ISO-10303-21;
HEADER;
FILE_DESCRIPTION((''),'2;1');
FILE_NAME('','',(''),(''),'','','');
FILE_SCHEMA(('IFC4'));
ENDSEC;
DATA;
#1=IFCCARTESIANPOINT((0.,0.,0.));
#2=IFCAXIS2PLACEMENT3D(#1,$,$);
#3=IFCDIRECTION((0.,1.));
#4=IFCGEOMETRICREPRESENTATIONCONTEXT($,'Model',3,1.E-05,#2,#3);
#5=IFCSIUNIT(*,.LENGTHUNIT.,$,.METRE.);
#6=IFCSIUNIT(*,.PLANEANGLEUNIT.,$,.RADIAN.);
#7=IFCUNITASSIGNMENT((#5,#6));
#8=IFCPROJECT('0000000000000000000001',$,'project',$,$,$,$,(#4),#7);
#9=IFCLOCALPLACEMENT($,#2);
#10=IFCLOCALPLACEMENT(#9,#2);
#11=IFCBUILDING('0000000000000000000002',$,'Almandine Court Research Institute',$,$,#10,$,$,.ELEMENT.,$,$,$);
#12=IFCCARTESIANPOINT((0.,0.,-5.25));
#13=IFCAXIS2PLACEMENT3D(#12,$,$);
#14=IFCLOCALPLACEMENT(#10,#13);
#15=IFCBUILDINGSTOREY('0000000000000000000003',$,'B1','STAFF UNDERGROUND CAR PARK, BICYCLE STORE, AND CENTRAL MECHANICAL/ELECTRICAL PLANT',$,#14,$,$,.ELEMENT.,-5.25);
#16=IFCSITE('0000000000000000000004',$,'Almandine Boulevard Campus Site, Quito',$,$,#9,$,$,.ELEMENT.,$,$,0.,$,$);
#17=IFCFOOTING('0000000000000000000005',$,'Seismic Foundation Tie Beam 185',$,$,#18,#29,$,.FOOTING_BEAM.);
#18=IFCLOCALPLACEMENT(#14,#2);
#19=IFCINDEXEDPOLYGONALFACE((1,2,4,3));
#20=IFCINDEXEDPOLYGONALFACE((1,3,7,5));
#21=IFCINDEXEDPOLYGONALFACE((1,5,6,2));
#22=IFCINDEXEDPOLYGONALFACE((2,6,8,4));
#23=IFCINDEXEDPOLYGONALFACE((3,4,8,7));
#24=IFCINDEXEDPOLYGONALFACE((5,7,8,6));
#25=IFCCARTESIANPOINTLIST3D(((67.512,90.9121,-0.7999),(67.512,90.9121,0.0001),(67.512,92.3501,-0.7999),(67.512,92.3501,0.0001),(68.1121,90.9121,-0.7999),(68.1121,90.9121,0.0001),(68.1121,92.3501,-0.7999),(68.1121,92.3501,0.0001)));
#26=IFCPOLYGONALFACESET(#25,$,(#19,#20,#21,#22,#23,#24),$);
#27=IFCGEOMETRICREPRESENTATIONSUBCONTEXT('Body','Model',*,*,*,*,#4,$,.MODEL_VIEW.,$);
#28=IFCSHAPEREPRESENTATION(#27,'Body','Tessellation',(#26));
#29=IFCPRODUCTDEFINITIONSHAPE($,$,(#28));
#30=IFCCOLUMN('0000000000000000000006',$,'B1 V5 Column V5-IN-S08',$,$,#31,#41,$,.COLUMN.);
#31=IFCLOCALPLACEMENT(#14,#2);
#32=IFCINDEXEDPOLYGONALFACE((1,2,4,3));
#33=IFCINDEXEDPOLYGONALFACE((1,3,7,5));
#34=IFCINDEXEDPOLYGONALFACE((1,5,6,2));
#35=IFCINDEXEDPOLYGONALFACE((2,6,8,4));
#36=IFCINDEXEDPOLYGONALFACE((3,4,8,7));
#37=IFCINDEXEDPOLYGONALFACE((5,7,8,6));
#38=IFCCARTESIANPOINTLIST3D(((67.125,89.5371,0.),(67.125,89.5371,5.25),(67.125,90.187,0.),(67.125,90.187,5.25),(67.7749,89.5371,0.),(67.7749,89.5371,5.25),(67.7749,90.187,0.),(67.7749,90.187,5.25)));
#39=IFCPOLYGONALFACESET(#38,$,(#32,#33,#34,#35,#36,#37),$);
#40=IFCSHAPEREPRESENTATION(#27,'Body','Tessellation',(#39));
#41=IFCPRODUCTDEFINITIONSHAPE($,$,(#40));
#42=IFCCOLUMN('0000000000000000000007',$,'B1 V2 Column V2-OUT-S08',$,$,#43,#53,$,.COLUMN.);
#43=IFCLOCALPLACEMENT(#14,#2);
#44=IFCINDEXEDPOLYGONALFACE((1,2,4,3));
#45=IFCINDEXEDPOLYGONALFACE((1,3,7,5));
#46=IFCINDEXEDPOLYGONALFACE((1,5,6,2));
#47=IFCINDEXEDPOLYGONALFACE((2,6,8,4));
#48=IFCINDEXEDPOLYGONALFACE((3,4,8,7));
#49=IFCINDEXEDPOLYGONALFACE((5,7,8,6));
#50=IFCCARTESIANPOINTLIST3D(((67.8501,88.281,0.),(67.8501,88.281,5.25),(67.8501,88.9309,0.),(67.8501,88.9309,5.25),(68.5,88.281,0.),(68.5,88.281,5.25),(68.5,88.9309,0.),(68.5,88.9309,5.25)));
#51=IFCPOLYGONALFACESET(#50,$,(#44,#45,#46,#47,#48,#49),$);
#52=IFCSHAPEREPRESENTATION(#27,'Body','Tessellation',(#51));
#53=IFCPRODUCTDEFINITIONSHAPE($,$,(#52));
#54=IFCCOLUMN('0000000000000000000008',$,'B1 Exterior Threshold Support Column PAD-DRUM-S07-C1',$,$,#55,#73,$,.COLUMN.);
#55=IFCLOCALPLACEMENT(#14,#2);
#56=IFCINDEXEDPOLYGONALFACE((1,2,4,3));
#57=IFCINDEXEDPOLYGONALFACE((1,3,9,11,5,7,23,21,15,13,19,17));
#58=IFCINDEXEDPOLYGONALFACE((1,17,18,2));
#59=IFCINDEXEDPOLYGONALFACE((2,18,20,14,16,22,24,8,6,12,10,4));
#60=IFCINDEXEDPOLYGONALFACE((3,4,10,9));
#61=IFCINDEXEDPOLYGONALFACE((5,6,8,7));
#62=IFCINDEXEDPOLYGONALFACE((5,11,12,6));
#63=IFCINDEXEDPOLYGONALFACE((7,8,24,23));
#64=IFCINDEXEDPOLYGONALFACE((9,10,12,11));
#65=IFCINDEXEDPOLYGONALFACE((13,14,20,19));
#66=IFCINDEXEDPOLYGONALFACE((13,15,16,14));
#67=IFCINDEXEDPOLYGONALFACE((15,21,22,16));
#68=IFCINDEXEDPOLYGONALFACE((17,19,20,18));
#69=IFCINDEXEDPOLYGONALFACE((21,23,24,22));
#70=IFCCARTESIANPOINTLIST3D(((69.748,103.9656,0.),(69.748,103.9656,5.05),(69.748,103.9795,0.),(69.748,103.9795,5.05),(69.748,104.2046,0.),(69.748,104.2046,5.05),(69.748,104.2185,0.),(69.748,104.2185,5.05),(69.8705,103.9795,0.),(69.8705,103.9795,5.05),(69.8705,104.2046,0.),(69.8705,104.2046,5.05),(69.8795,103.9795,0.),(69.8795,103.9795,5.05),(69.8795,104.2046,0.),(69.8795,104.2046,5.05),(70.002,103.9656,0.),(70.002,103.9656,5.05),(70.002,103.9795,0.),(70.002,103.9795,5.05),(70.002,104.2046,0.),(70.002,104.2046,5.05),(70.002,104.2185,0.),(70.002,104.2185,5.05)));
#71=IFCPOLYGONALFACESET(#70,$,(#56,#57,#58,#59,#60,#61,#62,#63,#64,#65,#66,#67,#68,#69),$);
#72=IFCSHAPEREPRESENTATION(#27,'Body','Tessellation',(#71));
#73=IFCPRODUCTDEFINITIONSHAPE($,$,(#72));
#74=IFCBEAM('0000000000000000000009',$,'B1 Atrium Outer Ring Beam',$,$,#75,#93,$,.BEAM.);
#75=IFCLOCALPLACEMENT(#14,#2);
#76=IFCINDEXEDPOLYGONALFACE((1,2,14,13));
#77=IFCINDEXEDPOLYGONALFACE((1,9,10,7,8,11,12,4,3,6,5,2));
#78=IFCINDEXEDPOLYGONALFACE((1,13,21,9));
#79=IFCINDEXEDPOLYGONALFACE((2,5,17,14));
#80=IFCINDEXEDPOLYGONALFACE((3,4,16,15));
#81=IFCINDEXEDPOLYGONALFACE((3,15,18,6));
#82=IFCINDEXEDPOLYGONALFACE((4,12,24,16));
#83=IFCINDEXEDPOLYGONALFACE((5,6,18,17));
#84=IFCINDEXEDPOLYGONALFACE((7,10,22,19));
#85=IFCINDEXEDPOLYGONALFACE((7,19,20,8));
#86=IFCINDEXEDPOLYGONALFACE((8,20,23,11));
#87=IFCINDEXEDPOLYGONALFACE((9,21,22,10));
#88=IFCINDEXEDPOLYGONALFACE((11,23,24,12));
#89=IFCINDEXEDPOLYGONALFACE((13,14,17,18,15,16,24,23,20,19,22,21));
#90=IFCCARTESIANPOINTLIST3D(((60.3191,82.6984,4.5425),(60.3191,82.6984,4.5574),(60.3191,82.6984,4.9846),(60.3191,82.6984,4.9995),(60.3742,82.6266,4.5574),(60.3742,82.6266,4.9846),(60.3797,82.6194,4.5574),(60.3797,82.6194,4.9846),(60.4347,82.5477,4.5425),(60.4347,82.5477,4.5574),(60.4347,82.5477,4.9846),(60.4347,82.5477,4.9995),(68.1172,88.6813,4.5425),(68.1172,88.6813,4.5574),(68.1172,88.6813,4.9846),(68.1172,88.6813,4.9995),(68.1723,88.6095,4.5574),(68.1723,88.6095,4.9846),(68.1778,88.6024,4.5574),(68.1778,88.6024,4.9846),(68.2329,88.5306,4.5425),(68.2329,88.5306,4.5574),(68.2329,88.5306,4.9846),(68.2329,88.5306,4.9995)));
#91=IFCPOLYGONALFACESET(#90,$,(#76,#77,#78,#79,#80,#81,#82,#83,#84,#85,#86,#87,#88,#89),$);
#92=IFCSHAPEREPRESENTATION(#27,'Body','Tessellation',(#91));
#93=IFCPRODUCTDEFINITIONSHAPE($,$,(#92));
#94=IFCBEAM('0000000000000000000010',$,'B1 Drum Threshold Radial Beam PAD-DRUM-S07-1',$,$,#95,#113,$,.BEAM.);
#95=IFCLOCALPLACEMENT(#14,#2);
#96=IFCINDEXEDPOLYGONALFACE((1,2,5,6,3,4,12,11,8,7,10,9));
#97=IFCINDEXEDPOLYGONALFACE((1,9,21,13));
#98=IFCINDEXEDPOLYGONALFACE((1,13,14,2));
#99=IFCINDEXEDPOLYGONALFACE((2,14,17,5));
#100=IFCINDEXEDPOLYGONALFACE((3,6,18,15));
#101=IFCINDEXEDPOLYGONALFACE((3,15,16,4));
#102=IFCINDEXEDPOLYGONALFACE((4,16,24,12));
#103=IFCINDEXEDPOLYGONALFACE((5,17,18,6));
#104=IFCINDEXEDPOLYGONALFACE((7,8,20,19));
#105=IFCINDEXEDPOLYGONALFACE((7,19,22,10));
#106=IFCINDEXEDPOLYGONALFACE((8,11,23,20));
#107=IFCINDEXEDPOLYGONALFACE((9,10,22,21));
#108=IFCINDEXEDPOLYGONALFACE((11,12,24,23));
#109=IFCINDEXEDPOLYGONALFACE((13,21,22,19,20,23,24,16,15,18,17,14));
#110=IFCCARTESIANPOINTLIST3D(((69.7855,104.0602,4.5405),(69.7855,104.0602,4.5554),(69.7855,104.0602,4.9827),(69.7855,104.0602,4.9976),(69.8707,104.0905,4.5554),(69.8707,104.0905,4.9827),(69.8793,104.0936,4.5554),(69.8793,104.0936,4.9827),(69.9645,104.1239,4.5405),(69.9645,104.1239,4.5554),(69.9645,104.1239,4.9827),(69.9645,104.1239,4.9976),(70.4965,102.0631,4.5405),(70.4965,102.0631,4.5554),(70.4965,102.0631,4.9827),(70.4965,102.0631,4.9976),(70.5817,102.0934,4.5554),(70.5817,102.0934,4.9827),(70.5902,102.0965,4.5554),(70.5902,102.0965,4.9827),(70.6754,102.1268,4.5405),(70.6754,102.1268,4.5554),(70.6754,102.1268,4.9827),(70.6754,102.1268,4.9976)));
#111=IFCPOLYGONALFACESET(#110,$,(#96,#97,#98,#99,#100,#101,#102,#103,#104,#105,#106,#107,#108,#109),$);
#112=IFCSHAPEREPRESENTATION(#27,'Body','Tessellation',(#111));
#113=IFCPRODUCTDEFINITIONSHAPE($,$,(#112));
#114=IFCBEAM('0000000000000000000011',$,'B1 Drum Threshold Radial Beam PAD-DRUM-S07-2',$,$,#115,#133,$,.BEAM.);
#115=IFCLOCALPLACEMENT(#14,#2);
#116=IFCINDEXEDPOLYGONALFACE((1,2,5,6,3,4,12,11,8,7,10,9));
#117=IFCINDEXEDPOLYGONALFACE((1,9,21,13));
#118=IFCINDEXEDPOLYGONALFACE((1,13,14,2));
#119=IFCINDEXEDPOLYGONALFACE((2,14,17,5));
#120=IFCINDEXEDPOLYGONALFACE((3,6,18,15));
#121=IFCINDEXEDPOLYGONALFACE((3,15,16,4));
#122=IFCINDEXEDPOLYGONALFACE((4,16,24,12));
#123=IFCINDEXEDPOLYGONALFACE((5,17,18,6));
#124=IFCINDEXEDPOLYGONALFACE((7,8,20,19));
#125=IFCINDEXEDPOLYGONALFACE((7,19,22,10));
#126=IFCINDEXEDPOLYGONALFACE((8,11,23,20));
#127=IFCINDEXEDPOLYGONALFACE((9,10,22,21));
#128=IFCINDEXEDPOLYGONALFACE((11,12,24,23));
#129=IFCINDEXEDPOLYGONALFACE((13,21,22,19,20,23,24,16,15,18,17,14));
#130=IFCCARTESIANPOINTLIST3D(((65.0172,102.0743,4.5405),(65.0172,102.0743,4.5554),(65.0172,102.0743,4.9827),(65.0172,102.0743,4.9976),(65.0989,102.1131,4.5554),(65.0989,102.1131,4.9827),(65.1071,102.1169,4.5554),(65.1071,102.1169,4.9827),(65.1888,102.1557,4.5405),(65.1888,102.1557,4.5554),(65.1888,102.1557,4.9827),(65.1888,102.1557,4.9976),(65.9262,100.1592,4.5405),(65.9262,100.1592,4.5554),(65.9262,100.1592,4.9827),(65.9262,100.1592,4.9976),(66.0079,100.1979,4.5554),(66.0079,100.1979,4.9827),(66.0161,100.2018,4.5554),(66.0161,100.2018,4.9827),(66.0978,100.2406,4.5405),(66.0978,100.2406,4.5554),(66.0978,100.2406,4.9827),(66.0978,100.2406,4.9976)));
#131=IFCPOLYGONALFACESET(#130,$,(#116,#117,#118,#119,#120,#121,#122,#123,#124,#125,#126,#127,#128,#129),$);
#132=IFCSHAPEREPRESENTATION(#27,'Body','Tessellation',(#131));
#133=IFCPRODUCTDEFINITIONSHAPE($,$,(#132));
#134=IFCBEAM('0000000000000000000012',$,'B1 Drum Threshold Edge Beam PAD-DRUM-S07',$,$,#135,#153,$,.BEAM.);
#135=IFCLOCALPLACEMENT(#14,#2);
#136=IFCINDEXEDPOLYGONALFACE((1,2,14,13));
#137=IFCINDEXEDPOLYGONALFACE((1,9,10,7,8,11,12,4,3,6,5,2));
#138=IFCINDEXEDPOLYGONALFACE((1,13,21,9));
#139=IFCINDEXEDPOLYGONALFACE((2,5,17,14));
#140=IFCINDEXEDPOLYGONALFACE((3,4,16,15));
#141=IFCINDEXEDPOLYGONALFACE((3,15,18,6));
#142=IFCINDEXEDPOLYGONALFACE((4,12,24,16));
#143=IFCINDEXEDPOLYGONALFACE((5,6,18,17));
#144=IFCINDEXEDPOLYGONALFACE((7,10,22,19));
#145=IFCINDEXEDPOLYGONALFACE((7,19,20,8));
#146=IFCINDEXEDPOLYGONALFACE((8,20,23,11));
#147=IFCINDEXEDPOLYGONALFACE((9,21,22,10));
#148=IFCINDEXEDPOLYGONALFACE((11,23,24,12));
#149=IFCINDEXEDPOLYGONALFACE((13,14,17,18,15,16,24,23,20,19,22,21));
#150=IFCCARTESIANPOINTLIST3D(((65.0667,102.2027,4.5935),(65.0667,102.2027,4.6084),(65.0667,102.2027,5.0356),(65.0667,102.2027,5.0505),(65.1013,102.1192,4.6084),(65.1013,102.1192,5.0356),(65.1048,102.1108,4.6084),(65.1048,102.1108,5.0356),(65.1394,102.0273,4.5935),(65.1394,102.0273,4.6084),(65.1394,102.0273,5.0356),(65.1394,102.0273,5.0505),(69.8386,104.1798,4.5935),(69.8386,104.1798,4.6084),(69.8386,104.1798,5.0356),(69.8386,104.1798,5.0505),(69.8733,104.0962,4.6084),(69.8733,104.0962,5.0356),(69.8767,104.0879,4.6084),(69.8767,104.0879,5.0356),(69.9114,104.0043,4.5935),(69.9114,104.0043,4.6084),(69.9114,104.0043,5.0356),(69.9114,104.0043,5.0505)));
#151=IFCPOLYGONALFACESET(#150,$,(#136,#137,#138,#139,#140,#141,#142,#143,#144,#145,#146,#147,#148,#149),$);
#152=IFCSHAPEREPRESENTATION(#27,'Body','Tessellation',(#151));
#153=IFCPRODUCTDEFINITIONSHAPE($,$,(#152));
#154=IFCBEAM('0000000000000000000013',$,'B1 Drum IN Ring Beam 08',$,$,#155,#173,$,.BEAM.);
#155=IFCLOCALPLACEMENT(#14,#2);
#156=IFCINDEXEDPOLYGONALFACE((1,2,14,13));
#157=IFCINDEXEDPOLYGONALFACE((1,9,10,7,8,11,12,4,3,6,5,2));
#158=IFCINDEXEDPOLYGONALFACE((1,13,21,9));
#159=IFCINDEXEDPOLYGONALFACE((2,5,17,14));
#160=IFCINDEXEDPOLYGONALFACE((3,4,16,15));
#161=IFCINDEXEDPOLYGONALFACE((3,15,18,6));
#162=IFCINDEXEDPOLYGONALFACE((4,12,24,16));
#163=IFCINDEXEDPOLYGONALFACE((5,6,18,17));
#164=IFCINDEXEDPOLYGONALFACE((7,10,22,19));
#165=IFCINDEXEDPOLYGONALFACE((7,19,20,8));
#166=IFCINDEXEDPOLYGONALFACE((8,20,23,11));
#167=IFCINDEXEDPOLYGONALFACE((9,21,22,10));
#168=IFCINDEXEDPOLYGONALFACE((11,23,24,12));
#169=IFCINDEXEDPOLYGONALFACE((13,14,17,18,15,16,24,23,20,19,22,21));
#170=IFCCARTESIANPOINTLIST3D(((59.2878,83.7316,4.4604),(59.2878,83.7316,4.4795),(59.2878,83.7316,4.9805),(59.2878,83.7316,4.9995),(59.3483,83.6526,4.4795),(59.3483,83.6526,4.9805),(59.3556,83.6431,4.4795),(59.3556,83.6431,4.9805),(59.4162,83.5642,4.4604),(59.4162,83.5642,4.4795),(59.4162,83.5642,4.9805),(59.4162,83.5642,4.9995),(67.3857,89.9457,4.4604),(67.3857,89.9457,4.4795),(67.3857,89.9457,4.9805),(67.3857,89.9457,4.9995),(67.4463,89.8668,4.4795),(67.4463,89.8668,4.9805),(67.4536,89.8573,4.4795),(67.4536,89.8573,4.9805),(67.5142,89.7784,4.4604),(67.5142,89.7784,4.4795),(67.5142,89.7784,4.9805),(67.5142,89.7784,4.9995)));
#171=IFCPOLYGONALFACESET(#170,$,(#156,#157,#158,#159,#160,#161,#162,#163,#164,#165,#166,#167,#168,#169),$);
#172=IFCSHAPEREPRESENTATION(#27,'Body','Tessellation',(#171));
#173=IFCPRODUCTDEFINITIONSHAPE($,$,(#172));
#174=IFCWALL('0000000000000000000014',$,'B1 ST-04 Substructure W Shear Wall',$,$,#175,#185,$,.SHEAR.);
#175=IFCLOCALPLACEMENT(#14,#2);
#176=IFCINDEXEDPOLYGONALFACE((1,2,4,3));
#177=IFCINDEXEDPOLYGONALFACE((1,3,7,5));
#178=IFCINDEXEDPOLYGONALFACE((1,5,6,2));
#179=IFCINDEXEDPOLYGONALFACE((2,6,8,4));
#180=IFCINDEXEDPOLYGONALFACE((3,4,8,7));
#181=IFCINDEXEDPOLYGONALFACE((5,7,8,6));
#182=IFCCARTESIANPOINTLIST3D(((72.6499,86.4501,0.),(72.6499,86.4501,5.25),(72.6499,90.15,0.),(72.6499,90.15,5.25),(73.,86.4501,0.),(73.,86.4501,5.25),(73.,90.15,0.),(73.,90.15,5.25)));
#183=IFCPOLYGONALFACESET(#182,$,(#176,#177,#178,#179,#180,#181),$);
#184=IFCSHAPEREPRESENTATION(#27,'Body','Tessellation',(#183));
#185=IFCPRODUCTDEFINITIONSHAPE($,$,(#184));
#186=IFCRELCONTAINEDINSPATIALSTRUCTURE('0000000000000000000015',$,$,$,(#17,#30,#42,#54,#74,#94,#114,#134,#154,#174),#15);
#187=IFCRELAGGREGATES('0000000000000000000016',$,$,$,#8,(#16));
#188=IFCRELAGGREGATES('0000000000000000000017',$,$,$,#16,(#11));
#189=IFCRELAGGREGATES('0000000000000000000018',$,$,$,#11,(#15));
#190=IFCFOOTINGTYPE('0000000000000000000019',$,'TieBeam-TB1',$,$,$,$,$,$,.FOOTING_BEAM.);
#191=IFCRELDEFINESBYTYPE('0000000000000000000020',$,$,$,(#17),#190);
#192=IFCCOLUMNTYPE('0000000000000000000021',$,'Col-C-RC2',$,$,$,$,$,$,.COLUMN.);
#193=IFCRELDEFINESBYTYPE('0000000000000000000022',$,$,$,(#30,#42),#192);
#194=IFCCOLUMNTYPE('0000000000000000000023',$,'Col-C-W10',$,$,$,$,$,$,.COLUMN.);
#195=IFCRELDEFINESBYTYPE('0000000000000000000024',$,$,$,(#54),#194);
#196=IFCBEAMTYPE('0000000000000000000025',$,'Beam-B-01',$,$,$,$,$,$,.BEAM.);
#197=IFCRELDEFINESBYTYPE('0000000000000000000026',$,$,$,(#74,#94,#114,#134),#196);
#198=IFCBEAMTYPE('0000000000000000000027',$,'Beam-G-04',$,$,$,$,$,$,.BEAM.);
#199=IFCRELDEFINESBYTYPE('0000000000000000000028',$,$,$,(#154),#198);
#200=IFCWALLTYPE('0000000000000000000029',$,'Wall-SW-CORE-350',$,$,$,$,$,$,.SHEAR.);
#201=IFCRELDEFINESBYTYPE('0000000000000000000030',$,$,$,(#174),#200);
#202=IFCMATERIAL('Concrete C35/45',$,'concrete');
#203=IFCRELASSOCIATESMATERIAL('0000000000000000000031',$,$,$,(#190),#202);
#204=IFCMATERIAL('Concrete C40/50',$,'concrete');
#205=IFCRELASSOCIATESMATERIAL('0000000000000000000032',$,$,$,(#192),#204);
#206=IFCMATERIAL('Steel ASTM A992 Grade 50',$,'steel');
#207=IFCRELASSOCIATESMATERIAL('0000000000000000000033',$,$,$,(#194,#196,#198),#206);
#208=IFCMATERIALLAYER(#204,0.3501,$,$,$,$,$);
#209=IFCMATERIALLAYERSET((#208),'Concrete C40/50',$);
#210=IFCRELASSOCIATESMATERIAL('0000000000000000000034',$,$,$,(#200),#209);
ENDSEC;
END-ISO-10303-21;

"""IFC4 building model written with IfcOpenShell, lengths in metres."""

from ifc_helpers import new_model, si_unit, direction, frame, frame_2d, origin, origin_2d, place, context, subcontext, project, spatial, rectangle, i_section, extrude, material, layer, layer_set, material_profile, profile_set, type_object, element, save


model = new_model("IFC4")

# Units and contexts
model_context = context("Model", 3, precision=1e-05, world=origin(), true_north=direction((0.0, 1.0)))
body_context = subcontext(model_context, "Body", "Model", "MODEL_VIEW")
ifc_project = project(units=[si_unit("LENGTHUNIT", "METRE"), si_unit("PLANEANGLEUNIT", "RADIAN")], contexts=[model_context])

# Site, building, storey
site_placement = place(None, origin())
site = spatial("IfcSite", under=ifc_project, at=site_placement, Name="Almandine Boulevard Campus Site, Quito", CompositionType="ELEMENT", RefElevation=0.0)
building_placement = place(site_placement, origin())
building = spatial("IfcBuilding", under=site, at=building_placement, Name="Almandine Court Research Institute", CompositionType="ELEMENT")
storey_placement = place(building_placement, frame((0.0, 0.0, -5.25)))
storey = spatial("IfcBuildingStorey", under=building, at=storey_placement, Name="B1", Description="STAFF UNDERGROUND CAR PARK, BICYCLE STORE, AND CENTRAL MECHANICAL/ELECTRICAL PLANT", CompositionType="ELEMENT", Elevation=-5.25)

# Shared definitions
ifc_material_1 = material(Name="Concrete C35/45", Category="concrete")

# Footing
ifc_material_profile_1 = material_profile(ifc_material_1, rectangle(XDim=0.6001, YDim=0.8, at=origin_2d()), Name="RC TIE 600x800")
ifc_profile_set_1 = profile_set([ifc_material_profile_1], Name="Concrete C35/45")
footing_type_1 = type_object("IfcFootingType", Name="TieBeam-TB1", PredefinedType="FOOTING_BEAM", material=ifc_profile_set_1)
footing_1_placement = place(storey_placement, frame((67.812, 90.9121, -0.3999), z_axis=(0.0, 1.0, 0.0), x_axis=(-1.0, 0.0, 0.0)))
element("IfcFooting", 1, at=footing_1_placement, inside=storey, type_object=footing_type_1, Name="Seismic Foundation Tie Beam 185", PredefinedType="FOOTING_BEAM", context=body_context, shape_type="SweptSolid", body=[
    extrude(rectangle(XDim=0.6001, YDim=0.8, at=origin_2d()), origin(), (0.0, 0.0, 1.0), 1.438),
])

# Columns
ifc_material_2 = material(Name="Concrete C40/50", Category="concrete")
ifc_material_profile_2 = material_profile(ifc_material_2, rectangle(XDim=0.6499, YDim=0.6499, at=origin_2d()), Name="RC 650x650")
ifc_profile_set_2 = profile_set([ifc_material_profile_2], Name="Concrete C40/50")
column_type_1 = type_object("IfcColumnType", Name="Col-C-RC2", PredefinedType="COLUMN", material=ifc_profile_set_2)
for number, where, z_axis, x_axis, name in (
    (2, (67.45, 89.8621, 0.0), (0.0, 0.0, 1.0), (1.0, 0.0, 0.0), "B1 V5 Column V5-IN-S08"),
    (3, (68.175, 88.606, 0.0), (0.0, 0.0, 1.0), (1.0, 0.0, 0.0), "B1 V2 Column V2-OUT-S08"),
):
    element("IfcColumn", number, at=place(storey_placement, frame(where, z_axis=z_axis, x_axis=x_axis)), inside=storey, type_object=column_type_1, Name=name, PredefinedType="COLUMN", context=body_context, shape_type="SweptSolid", body=[
        extrude(rectangle(XDim=0.6499, YDim=0.6499, at=origin_2d()), origin(), (0.0, 0.0, 1.0), 5.25),
    ])
ifc_material_3 = material(Name="Steel ASTM A992 Grade 50", Category="steel")
ifc_material_profile_3 = material_profile(ifc_material_3, i_section(OverallWidth=0.2539, OverallDepth=0.2529, WebThickness=0.009, FlangeThickness=0.0139, at=origin_2d()), Name="W250x73")
ifc_profile_set_3 = profile_set([ifc_material_profile_3], Name="Steel ASTM A992 Grade 50")
column_type_2 = type_object("IfcColumnType", Name="Col-C-W10", PredefinedType="COLUMN", material=ifc_profile_set_3)
column_placement = place(storey_placement, frame((69.875, 104.092, 0.0), z_axis=(0.0, 0.0, 1.0), x_axis=(1.0, 0.0, 0.0)))
element("IfcColumn", 4, at=column_placement, inside=storey, type_object=column_type_2, Name="B1 Exterior Threshold Support Column PAD-DRUM-S07-C1", PredefinedType="COLUMN", context=body_context, shape_type="SweptSolid", body=[
    extrude(i_section(OverallWidth=0.2539, OverallDepth=0.2529, WebThickness=0.009, FlangeThickness=0.0139, at=origin_2d()), origin(), (0.0, 0.0, 1.0), 5.05),
])

# Beams
ifc_material_profile_4 = material_profile(ifc_material_3, i_section(OverallWidth=0.1899, OverallDepth=0.457, WebThickness=0.009, FlangeThickness=0.0149, at=origin_2d()), Name="W460x74")
ifc_profile_set_4 = profile_set([ifc_material_profile_4], Name="Steel ASTM A992 Grade 50")
beam_type_1 = type_object("IfcBeamType", Name="Beam-B-01", PredefinedType="BEAM", material=ifc_profile_set_4)
beam_1_placement = place(storey_placement, frame((68.175, 88.606, 4.771), z_axis=(-0.793392, -0.608712, 0.0), x_axis=(0.608712, -0.793392, 0.0)))
element("IfcBeam", 5, at=beam_1_placement, inside=storey, type_object=beam_type_1, Name="B1 Atrium Outer Ring Beam", PredefinedType="BEAM", context=body_context, shape_type="SweptSolid", body=[
    extrude(i_section(OverallWidth=0.1899, OverallDepth=0.457, WebThickness=0.009, FlangeThickness=0.0149, at=origin_2d()), origin(), (0.0, 0.0, 1.0), 9.8289),
])
for number, where, z_axis, x_axis, name in (
    (6, (69.875, 104.092, 4.769), (0.335373, -0.942085, 0.0), (0.942085, 0.335373, 0.0), "B1 Drum Threshold Radial Beam PAD-DRUM-S07-1"),
    (7, (65.103, 102.115, 4.769), (0.428784, -0.903407, 0.0), (0.903407, 0.428784, 0.0), "B1 Drum Threshold Radial Beam PAD-DRUM-S07-2"),
):
    element("IfcBeam", number, at=place(storey_placement, frame(where, z_axis=z_axis, x_axis=x_axis)), inside=storey, type_object=beam_type_1, Name=name, PredefinedType="BEAM", context=body_context, shape_type="SweptSolid", body=[
        extrude(i_section(OverallWidth=0.1899, OverallDepth=0.457, WebThickness=0.009, FlangeThickness=0.0149, at=origin_2d()), origin(), (0.0, 0.0, 1.0), 2.1199),
    ])
beam_2_placement = place(storey_placement, frame((69.875, 104.092, 4.822), z_axis=(-0.92385, -0.382755, 0.0), x_axis=(0.382755, -0.92385, 0.0)))
element("IfcBeam", 8, at=beam_2_placement, inside=storey, type_object=beam_type_1, Name="B1 Drum Threshold Edge Beam PAD-DRUM-S07", PredefinedType="BEAM", context=body_context, shape_type="SweptSolid", body=[
    extrude(i_section(OverallWidth=0.1899, OverallDepth=0.457, WebThickness=0.009, FlangeThickness=0.0149, at=origin_2d()), origin(), (0.0, 0.0, 1.0), 5.1653),
])
ifc_material_profile_5 = material_profile(ifc_material_3, i_section(OverallWidth=0.2109, OverallDepth=0.5391, WebThickness=0.012, FlangeThickness=0.019, at=origin_2d()), Name="W530x109")
ifc_profile_set_5 = profile_set([ifc_material_profile_5], Name="Steel ASTM A992 Grade 50")
beam_type_2 = type_object("IfcBeamType", Name="Beam-G-04", PredefinedType="BEAM", material=ifc_profile_set_5)
beam_3_placement = place(storey_placement, frame((67.45, 89.8621, 4.73), z_axis=(-0.793336, -0.608784, 0.0), x_axis=(0.608784, -0.793336, 0.0)))
element("IfcBeam", 9, at=beam_3_placement, inside=storey, type_object=beam_type_2, Name="B1 Drum IN Ring Beam 08", PredefinedType="BEAM", context=body_context, shape_type="SweptSolid", body=[
    extrude(i_section(OverallWidth=0.2109, OverallDepth=0.5391, WebThickness=0.012, FlangeThickness=0.019, at=origin_2d()), origin(), (0.0, 0.0, 1.0), 10.2075),
])

# Wall
ifc_layer = layer(ifc_material_2, 0.3501)
ifc_layer_set = layer_set([ifc_layer], Name="Concrete C40/50")
wall_type = type_object("IfcWallType", Name="Wall-SW-CORE-350", PredefinedType="SHEAR", material=ifc_layer_set)
wall_1_placement = place(storey_placement, frame((72.825, 86.45, 0.0), z_axis=(0.0, 0.0, 1.0), x_axis=(0.0, 1.0, 0.0)))
element("IfcWall", 10, at=wall_1_placement, inside=storey, type_object=wall_type, Name="B1 ST-04 Substructure W Shear Wall", PredefinedType="SHEAR", context=body_context, shape_type="SweptSolid", body=[
    extrude(rectangle(XDim=3.7, YDim=0.3501, at=frame_2d((1.8501, 0.0))), origin(), (0.0, 0.0, 1.0), 5.25),
])

save(model, "model.ifc")
